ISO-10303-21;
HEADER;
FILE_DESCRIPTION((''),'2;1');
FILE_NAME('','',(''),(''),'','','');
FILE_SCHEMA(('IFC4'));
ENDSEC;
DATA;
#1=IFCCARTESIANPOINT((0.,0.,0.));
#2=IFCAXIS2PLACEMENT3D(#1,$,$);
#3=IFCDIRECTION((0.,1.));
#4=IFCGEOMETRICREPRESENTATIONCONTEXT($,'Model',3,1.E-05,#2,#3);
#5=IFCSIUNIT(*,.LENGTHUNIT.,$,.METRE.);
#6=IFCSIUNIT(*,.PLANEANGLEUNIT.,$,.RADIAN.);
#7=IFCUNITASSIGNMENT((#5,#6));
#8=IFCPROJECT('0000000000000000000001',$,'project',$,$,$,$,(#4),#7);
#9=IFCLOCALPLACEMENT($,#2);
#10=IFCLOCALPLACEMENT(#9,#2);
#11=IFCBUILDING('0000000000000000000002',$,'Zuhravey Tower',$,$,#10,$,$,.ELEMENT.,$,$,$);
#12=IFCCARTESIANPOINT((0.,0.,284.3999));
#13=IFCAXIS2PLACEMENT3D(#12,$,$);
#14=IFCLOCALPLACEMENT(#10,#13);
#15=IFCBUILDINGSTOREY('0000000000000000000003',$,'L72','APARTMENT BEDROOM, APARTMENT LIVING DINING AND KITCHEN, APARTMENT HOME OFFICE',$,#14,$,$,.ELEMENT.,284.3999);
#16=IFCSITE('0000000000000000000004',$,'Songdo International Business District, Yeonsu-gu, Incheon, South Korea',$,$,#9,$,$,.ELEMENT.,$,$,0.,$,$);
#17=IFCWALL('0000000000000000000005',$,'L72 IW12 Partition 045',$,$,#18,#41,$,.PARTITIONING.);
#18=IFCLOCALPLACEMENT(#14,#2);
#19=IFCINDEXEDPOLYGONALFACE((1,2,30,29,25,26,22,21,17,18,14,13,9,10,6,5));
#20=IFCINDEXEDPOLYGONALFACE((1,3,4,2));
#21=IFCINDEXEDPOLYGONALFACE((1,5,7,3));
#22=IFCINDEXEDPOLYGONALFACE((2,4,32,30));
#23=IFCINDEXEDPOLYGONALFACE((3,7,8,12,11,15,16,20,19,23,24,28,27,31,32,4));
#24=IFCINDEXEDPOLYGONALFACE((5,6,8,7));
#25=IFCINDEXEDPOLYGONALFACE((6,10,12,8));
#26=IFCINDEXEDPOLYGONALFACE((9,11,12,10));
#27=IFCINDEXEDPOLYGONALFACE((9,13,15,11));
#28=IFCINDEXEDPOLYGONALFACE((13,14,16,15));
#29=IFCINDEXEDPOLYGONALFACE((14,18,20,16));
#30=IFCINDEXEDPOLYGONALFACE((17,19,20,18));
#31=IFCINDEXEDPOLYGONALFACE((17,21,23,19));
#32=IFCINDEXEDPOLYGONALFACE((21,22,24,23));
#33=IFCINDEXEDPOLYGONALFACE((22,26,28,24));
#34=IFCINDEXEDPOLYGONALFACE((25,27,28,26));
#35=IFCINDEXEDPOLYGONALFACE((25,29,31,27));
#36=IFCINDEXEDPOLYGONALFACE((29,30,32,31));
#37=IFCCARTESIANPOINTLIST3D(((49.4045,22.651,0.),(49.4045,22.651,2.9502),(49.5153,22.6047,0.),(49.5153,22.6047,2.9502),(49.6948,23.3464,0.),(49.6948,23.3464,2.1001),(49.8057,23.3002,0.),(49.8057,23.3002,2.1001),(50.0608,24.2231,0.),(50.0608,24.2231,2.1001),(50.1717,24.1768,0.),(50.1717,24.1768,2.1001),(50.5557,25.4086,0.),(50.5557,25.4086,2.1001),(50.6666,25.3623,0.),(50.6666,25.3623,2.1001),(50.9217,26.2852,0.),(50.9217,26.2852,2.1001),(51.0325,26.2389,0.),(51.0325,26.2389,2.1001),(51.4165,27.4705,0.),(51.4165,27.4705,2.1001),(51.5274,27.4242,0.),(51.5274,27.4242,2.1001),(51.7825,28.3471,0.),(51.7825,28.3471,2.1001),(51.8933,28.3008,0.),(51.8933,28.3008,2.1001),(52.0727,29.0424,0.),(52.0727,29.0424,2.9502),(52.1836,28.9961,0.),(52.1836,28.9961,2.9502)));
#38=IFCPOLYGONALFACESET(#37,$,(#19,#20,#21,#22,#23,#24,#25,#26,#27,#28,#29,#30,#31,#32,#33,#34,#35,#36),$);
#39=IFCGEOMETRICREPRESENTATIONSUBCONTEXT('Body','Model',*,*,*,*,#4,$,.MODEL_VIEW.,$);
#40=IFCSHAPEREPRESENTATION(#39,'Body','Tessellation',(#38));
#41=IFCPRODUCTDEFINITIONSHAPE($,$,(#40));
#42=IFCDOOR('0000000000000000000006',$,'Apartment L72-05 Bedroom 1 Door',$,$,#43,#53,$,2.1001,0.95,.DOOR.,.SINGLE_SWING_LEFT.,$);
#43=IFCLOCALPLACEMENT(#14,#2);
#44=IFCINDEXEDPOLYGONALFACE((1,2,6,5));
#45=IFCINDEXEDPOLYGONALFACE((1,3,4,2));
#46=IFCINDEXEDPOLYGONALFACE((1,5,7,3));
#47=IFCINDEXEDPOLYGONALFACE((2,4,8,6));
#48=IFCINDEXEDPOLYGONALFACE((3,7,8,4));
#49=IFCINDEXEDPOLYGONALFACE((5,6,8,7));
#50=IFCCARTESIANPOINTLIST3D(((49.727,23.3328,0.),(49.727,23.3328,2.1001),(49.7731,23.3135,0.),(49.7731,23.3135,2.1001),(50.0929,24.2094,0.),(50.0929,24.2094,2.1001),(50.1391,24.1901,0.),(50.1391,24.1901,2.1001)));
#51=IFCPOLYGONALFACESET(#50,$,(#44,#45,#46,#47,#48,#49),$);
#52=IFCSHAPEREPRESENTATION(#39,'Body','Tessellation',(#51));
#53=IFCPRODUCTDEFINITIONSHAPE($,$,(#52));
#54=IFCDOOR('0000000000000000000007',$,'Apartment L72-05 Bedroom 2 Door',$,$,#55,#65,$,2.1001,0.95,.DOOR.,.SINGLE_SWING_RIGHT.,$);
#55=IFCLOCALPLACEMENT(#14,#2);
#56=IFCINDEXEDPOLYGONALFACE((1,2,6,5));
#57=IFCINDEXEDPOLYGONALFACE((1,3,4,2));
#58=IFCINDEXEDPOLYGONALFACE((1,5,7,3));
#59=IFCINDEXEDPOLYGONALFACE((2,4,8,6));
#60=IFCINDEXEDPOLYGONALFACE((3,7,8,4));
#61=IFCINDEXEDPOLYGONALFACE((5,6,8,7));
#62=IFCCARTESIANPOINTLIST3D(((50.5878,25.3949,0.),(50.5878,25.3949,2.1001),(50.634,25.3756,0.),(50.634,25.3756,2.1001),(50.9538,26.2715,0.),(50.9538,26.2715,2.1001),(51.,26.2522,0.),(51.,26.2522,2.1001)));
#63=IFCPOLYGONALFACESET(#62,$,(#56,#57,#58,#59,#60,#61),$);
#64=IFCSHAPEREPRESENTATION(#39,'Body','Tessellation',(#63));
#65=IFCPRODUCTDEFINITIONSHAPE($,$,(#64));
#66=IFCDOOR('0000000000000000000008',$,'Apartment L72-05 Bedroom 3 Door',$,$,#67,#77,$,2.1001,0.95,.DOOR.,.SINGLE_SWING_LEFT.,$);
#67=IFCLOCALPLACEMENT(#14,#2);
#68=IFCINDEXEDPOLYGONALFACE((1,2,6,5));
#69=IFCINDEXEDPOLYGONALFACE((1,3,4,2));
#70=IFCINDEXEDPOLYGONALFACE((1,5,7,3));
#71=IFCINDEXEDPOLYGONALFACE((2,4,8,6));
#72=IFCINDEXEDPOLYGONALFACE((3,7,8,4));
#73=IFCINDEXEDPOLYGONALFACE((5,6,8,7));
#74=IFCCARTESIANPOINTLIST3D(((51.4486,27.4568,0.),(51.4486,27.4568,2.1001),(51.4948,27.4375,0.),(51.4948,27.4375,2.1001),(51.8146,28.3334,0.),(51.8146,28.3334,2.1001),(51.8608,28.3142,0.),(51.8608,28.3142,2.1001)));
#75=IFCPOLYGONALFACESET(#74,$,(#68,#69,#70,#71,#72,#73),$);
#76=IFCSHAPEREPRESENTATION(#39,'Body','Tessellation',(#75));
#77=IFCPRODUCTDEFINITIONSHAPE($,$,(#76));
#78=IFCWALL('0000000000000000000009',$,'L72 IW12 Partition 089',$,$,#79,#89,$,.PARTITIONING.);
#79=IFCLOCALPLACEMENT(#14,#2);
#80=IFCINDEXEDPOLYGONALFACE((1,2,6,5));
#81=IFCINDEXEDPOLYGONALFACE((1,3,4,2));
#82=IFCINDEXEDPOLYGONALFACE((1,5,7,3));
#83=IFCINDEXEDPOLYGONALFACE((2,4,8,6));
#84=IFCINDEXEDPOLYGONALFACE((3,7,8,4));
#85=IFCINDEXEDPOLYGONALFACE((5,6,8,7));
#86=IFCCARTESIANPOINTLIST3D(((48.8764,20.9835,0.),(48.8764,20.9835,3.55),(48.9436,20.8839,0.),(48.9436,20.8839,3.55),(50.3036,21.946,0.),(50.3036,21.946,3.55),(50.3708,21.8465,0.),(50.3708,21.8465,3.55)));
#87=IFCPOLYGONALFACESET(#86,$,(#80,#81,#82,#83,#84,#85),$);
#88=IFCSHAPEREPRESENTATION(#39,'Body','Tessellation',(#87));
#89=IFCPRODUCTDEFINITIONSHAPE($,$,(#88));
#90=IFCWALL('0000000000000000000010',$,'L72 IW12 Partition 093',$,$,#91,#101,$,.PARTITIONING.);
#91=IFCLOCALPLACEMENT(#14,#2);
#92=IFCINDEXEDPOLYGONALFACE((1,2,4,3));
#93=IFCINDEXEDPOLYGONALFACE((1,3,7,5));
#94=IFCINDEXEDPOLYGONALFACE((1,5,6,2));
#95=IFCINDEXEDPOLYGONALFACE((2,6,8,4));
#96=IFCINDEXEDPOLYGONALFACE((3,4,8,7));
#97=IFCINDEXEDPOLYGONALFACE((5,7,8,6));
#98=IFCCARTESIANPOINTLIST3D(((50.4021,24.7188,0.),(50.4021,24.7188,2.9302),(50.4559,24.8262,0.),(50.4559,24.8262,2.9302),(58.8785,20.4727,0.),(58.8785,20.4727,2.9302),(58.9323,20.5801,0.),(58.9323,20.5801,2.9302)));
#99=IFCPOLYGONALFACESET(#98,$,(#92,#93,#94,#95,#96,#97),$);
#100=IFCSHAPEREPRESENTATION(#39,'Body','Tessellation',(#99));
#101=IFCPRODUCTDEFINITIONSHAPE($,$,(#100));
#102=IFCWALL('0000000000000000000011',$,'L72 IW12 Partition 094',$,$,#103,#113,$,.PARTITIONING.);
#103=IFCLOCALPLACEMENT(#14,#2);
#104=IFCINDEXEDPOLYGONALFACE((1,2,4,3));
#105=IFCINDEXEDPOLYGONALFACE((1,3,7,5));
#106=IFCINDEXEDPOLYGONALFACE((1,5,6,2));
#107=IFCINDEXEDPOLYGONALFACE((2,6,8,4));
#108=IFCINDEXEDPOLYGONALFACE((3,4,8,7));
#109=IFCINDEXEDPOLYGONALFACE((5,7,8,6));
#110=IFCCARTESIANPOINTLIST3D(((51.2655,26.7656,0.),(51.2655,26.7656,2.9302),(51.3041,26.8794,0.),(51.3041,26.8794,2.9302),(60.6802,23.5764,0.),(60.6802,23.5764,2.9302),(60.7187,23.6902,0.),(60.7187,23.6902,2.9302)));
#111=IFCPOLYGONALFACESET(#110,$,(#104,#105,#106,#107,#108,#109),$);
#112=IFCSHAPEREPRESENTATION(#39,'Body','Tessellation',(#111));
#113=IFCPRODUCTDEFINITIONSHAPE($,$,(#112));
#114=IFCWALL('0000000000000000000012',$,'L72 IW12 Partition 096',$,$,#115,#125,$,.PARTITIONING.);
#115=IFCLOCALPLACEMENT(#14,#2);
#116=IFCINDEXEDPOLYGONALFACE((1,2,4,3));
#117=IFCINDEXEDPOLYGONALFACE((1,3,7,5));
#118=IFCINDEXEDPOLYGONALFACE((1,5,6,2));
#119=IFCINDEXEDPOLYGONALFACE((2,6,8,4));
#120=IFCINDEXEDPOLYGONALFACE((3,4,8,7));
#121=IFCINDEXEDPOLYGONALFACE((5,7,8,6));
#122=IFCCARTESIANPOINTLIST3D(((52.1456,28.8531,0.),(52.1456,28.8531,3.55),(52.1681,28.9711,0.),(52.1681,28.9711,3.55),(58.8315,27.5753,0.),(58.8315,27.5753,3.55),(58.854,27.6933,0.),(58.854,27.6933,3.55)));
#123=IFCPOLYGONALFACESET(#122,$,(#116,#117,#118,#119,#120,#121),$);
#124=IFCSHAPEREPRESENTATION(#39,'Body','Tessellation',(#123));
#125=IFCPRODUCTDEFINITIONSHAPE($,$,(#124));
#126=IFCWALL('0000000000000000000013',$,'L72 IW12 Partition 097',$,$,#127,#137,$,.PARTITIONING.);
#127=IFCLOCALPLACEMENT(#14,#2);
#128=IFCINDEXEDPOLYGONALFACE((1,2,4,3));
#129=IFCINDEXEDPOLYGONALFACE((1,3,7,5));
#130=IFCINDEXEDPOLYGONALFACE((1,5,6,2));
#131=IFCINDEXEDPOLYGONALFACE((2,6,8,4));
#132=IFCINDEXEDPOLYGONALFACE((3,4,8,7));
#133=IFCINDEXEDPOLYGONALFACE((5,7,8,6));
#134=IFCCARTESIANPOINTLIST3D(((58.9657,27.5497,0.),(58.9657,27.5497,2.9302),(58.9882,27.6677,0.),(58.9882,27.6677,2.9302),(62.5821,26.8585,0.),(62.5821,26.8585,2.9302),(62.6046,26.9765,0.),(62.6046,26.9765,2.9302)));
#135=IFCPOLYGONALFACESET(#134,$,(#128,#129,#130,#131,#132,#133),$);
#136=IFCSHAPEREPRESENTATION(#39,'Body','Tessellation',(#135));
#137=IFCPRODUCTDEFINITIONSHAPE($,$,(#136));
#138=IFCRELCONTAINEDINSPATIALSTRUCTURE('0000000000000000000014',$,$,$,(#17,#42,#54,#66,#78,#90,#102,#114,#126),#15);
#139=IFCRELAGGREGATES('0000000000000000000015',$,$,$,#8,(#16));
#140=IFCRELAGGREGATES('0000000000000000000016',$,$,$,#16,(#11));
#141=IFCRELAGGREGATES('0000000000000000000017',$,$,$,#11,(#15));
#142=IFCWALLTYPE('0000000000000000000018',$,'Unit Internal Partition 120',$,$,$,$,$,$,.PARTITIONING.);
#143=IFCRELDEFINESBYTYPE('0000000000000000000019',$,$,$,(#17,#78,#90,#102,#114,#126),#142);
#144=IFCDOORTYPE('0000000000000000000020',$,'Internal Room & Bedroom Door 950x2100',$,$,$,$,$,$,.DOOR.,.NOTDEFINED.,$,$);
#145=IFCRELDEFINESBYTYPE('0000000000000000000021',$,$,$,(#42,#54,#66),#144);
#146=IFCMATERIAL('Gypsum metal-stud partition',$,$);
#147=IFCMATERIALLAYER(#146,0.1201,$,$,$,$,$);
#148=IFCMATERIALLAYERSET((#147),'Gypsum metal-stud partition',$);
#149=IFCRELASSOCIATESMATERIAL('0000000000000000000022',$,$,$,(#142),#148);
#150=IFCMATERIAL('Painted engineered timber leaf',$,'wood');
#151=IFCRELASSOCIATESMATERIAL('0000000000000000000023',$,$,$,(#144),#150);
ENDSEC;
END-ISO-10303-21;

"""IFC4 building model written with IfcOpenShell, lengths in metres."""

from ifc_helpers import new_model, si_unit, direction, frame, frame_2d, origin, place, context, subcontext, project, spatial, rectangle, extrude, material, layer, layer_set, type_object, element, fill, save


model = new_model("IFC4")

# Units and contexts
model_context = context("Model", 3, precision=1e-05, world=origin(), true_north=direction((0.0, 1.0)))
body_context = subcontext(model_context, "Body", "Model", "MODEL_VIEW")
ifc_project = project(units=[si_unit("LENGTHUNIT", "METRE"), si_unit("PLANEANGLEUNIT", "RADIAN")], contexts=[model_context])

# Site, building, storey
site_placement = place(None, origin())
site = spatial("IfcSite", under=ifc_project, at=site_placement, Name="Songdo International Business District, Yeonsu-gu, Incheon, South Korea", CompositionType="ELEMENT", RefElevation=0.0)
building_placement = place(site_placement, origin())
building = spatial("IfcBuilding", under=site, at=building_placement, Name="Zuhravey Tower", CompositionType="ELEMENT")
storey_placement = place(building_placement, frame((0.0, 0.0, 284.3999)))
storey = spatial("IfcBuildingStorey", under=building, at=storey_placement, Name="L72", Description="APARTMENT BEDROOM, APARTMENT LIVING DINING AND KITCHEN, APARTMENT HOME OFFICE", CompositionType="ELEMENT", Elevation=284.3999)

# Shared definitions
ifc_material_1 = material(Name="Gypsum metal-stud partition")
ifc_layer_1 = layer(ifc_material_1, 0.1201)
ifc_layer_set_1 = layer_set([ifc_layer_1], Name="Gypsum metal-stud partition")
wall_type_1 = type_object("IfcWallType", Name="Unit Internal Partition 120", PredefinedType="PARTITIONING", material=ifc_layer_set_1)
ifc_material_2 = material(Name="Painted engineered timber leaf", Category="wood")
door_type_1 = type_object("IfcDoorType", Name="Internal Room & Bedroom Door 950x2100", OperationType="NOTDEFINED", PredefinedType="DOOR", material=ifc_material_2)

# Wall, openings, doors
wall_1_placement = place(storey_placement, frame((49.46, 22.6279, 0.0), z_axis=(0.0, 0.0, 1.0), x_axis=(0.385249, 0.922813, 0.0)))
wall_1 = element("IfcWall", 1, at=wall_1_placement, inside=storey, type_object=wall_type_1, Name="L72 IW12 Partition 045", PredefinedType="PARTITIONING", context=body_context, shape_type="SweptSolid", body=[
    extrude(rectangle(XDim=6.926, YDim=0.1201, at=frame_2d((3.4629, 0.0))), origin(), (0.0, 0.0, 1.0), 2.9502),
])
opening_1_placement = place(wall_1_placement, frame((0.7534, 0.0, 0.0)))
opening_1 = element("IfcOpeningElement", 2, at=opening_1_placement, cuts=wall_1, PredefinedType="OPENING", context=body_context, shape_type="SweptSolid", body=[
    extrude(rectangle(XDim=0.95, YDim=2.1001, at=frame_2d((0.4751, 1.05))), frame((0.0, 0.072, 0.0), z_axis=(0.0, -1.0, 0.0), x_axis=(1.0, 0.0, 0.0)), (0.0, 0.0, 1.0), 0.144),
])
opening_2_placement = place(wall_1_placement, frame((2.988, 0.0, 0.0)))
opening_2 = element("IfcOpeningElement", 3, at=opening_2_placement, cuts=wall_1, PredefinedType="OPENING", context=body_context, shape_type="SweptSolid", body=[
    extrude(rectangle(XDim=0.95, YDim=2.1001, at=frame_2d((0.4751, 1.05))), frame((0.0, 0.072, 0.0), z_axis=(0.0, -1.0, 0.0), x_axis=(1.0, 0.0, 0.0)), (0.0, 0.0, 1.0), 0.144),
])
opening_3_placement = place(wall_1_placement, frame((5.2224, 0.0, 0.0)))
opening_3 = element("IfcOpeningElement", 4, at=opening_3_placement, cuts=wall_1, PredefinedType="OPENING", context=body_context, shape_type="SweptSolid", body=[
    extrude(rectangle(XDim=0.95, YDim=2.1001, at=frame_2d((0.4751, 1.05))), frame((0.0, 0.072, 0.0), z_axis=(0.0, -1.0, 0.0), x_axis=(1.0, 0.0, 0.0)), (0.0, 0.0, 1.0), 0.144),
])
door_1_placement = place(opening_1_placement, frame((0.95, 0.0, 0.0), z_axis=(0.0, 0.0, 1.0), x_axis=(-1.0, 0.0, 0.0)))
door_1 = element("IfcDoor", 5, at=door_1_placement, inside=storey, type_object=door_type_1, Name="Apartment L72-05 Bedroom 1 Door", OperationType="SINGLE_SWING_LEFT", OverallHeight=2.1001, OverallWidth=0.95, PredefinedType="DOOR", context=body_context, shape_type="SweptSolid", body=[
    extrude(rectangle(XDim=0.95, YDim=2.1001, at=frame_2d((0.4751, 1.05))), frame((0.0, 0.0249, 0.0), z_axis=(0.0, -1.0, 0.0), x_axis=(1.0, 0.0, 0.0)), (0.0, 0.0, 1.0), 0.05),
])
fill(opening_1, door_1)
door_2_placement = place(opening_2_placement, frame((0.95, 0.0, 0.0), z_axis=(0.0, 0.0, 1.0), x_axis=(-1.0, 0.0, 0.0)))
door_2 = element("IfcDoor", 6, at=door_2_placement, inside=storey, type_object=door_type_1, Name="Apartment L72-05 Bedroom 2 Door", OperationType="SINGLE_SWING_RIGHT", OverallHeight=2.1001, OverallWidth=0.95, PredefinedType="DOOR", context=body_context, shape_type="SweptSolid", body=[
    extrude(rectangle(XDim=0.95, YDim=2.1001, at=frame_2d((0.4751, 1.05))), frame((0.0, 0.0249, 0.0), z_axis=(0.0, -1.0, 0.0), x_axis=(1.0, 0.0, 0.0)), (0.0, 0.0, 1.0), 0.05),
])
fill(opening_2, door_2)
door_3_placement = place(opening_3_placement, frame((0.95, 0.0, 0.0), z_axis=(0.0, 0.0, 1.0), x_axis=(-1.0, 0.0, 0.0)))
door_3 = element("IfcDoor", 7, at=door_3_placement, inside=storey, type_object=door_type_1, Name="Apartment L72-05 Bedroom 3 Door", OperationType="SINGLE_SWING_LEFT", OverallHeight=2.1001, OverallWidth=0.95, PredefinedType="DOOR", context=body_context, shape_type="SweptSolid", body=[
    extrude(rectangle(XDim=0.95, YDim=2.1001, at=frame_2d((0.4751, 1.05))), frame((0.0, 0.0249, 0.0), z_axis=(0.0, -1.0, 0.0), x_axis=(1.0, 0.0, 0.0)), (0.0, 0.0, 1.0), 0.05),
])
fill(opening_3, door_3)

# Walls
wall_2_placement = place(storey_placement, frame((48.9099, 20.9336, 0.0), z_axis=(0.0, 0.0, 1.0), x_axis=(0.829049, 0.559176, 0.0)))
element("IfcWall", 8, at=wall_2_placement, inside=storey, type_object=wall_type_1, Name="L72 IW12 Partition 089", PredefinedType="PARTITIONING", context=body_context, shape_type="SweptSolid", body=[
    extrude(rectangle(XDim=1.7214, YDim=0.1201, at=frame_2d((0.8608, 0.0))), origin(), (0.0, 0.0, 1.0), 3.55),
])
wall_3_placement = place(storey_placement, frame((50.429, 24.7725, 0.0), z_axis=(0.0, 0.0, 1.0), x_axis=(0.894097, -0.447873, 0.0)))
element("IfcWall", 9, at=wall_3_placement, inside=storey, type_object=wall_type_1, Name="L72 IW12 Partition 093", PredefinedType="PARTITIONING", context=body_context, shape_type="SweptSolid", body=[
    extrude(rectangle(XDim=9.4805, YDim=0.1201, at=frame_2d((4.7402, 0.0))), origin(), (0.0, 0.0, 1.0), 2.9302),
])
wall_4_placement = place(storey_placement, frame((51.2847, 26.8225, 0.0), z_axis=(0.0, 0.0, 1.0), x_axis=(0.947135, -0.320837, 0.0)))
element("IfcWall", 10, at=wall_4_placement, inside=storey, type_object=wall_type_1, Name="L72 IW12 Partition 094", PredefinedType="PARTITIONING", context=body_context, shape_type="SweptSolid", body=[
    extrude(rectangle(XDim=9.9402, YDim=0.1201, at=frame_2d((4.9702, 0.0))), origin(), (0.0, 0.0, 1.0), 2.9302),
])
wall_5_placement = place(storey_placement, frame((52.157, 28.9121, 0.0), z_axis=(0.0, 0.0, 1.0), x_axis=(0.982221, -0.187728, 0.0)))
element("IfcWall", 11, at=wall_5_placement, inside=storey, type_object=wall_type_1, Name="L72 IW12 Partition 096", PredefinedType="PARTITIONING", context=body_context, shape_type="SweptSolid", body=[
    extrude(rectangle(XDim=6.8069, YDim=0.1201, at=frame_2d((3.4033, 0.0))), origin(), (0.0, 0.0, 1.0), 3.55),
])
wall_6_placement = place(storey_placement, frame((58.9771, 27.6086, 0.0), z_axis=(0.0, 0.0, 1.0), x_axis=(0.982223, -0.187718, 0.0)))
element("IfcWall", 12, at=wall_6_placement, inside=storey, type_object=wall_type_1, Name="L72 IW12 Partition 097", PredefinedType="PARTITIONING", context=body_context, shape_type="SweptSolid", body=[
    extrude(rectangle(XDim=3.6819, YDim=0.1201, at=frame_2d((1.8408, 0.0))), origin(), (0.0, 0.0, 1.0), 2.9302),
])

save(model, "model.ifc")
